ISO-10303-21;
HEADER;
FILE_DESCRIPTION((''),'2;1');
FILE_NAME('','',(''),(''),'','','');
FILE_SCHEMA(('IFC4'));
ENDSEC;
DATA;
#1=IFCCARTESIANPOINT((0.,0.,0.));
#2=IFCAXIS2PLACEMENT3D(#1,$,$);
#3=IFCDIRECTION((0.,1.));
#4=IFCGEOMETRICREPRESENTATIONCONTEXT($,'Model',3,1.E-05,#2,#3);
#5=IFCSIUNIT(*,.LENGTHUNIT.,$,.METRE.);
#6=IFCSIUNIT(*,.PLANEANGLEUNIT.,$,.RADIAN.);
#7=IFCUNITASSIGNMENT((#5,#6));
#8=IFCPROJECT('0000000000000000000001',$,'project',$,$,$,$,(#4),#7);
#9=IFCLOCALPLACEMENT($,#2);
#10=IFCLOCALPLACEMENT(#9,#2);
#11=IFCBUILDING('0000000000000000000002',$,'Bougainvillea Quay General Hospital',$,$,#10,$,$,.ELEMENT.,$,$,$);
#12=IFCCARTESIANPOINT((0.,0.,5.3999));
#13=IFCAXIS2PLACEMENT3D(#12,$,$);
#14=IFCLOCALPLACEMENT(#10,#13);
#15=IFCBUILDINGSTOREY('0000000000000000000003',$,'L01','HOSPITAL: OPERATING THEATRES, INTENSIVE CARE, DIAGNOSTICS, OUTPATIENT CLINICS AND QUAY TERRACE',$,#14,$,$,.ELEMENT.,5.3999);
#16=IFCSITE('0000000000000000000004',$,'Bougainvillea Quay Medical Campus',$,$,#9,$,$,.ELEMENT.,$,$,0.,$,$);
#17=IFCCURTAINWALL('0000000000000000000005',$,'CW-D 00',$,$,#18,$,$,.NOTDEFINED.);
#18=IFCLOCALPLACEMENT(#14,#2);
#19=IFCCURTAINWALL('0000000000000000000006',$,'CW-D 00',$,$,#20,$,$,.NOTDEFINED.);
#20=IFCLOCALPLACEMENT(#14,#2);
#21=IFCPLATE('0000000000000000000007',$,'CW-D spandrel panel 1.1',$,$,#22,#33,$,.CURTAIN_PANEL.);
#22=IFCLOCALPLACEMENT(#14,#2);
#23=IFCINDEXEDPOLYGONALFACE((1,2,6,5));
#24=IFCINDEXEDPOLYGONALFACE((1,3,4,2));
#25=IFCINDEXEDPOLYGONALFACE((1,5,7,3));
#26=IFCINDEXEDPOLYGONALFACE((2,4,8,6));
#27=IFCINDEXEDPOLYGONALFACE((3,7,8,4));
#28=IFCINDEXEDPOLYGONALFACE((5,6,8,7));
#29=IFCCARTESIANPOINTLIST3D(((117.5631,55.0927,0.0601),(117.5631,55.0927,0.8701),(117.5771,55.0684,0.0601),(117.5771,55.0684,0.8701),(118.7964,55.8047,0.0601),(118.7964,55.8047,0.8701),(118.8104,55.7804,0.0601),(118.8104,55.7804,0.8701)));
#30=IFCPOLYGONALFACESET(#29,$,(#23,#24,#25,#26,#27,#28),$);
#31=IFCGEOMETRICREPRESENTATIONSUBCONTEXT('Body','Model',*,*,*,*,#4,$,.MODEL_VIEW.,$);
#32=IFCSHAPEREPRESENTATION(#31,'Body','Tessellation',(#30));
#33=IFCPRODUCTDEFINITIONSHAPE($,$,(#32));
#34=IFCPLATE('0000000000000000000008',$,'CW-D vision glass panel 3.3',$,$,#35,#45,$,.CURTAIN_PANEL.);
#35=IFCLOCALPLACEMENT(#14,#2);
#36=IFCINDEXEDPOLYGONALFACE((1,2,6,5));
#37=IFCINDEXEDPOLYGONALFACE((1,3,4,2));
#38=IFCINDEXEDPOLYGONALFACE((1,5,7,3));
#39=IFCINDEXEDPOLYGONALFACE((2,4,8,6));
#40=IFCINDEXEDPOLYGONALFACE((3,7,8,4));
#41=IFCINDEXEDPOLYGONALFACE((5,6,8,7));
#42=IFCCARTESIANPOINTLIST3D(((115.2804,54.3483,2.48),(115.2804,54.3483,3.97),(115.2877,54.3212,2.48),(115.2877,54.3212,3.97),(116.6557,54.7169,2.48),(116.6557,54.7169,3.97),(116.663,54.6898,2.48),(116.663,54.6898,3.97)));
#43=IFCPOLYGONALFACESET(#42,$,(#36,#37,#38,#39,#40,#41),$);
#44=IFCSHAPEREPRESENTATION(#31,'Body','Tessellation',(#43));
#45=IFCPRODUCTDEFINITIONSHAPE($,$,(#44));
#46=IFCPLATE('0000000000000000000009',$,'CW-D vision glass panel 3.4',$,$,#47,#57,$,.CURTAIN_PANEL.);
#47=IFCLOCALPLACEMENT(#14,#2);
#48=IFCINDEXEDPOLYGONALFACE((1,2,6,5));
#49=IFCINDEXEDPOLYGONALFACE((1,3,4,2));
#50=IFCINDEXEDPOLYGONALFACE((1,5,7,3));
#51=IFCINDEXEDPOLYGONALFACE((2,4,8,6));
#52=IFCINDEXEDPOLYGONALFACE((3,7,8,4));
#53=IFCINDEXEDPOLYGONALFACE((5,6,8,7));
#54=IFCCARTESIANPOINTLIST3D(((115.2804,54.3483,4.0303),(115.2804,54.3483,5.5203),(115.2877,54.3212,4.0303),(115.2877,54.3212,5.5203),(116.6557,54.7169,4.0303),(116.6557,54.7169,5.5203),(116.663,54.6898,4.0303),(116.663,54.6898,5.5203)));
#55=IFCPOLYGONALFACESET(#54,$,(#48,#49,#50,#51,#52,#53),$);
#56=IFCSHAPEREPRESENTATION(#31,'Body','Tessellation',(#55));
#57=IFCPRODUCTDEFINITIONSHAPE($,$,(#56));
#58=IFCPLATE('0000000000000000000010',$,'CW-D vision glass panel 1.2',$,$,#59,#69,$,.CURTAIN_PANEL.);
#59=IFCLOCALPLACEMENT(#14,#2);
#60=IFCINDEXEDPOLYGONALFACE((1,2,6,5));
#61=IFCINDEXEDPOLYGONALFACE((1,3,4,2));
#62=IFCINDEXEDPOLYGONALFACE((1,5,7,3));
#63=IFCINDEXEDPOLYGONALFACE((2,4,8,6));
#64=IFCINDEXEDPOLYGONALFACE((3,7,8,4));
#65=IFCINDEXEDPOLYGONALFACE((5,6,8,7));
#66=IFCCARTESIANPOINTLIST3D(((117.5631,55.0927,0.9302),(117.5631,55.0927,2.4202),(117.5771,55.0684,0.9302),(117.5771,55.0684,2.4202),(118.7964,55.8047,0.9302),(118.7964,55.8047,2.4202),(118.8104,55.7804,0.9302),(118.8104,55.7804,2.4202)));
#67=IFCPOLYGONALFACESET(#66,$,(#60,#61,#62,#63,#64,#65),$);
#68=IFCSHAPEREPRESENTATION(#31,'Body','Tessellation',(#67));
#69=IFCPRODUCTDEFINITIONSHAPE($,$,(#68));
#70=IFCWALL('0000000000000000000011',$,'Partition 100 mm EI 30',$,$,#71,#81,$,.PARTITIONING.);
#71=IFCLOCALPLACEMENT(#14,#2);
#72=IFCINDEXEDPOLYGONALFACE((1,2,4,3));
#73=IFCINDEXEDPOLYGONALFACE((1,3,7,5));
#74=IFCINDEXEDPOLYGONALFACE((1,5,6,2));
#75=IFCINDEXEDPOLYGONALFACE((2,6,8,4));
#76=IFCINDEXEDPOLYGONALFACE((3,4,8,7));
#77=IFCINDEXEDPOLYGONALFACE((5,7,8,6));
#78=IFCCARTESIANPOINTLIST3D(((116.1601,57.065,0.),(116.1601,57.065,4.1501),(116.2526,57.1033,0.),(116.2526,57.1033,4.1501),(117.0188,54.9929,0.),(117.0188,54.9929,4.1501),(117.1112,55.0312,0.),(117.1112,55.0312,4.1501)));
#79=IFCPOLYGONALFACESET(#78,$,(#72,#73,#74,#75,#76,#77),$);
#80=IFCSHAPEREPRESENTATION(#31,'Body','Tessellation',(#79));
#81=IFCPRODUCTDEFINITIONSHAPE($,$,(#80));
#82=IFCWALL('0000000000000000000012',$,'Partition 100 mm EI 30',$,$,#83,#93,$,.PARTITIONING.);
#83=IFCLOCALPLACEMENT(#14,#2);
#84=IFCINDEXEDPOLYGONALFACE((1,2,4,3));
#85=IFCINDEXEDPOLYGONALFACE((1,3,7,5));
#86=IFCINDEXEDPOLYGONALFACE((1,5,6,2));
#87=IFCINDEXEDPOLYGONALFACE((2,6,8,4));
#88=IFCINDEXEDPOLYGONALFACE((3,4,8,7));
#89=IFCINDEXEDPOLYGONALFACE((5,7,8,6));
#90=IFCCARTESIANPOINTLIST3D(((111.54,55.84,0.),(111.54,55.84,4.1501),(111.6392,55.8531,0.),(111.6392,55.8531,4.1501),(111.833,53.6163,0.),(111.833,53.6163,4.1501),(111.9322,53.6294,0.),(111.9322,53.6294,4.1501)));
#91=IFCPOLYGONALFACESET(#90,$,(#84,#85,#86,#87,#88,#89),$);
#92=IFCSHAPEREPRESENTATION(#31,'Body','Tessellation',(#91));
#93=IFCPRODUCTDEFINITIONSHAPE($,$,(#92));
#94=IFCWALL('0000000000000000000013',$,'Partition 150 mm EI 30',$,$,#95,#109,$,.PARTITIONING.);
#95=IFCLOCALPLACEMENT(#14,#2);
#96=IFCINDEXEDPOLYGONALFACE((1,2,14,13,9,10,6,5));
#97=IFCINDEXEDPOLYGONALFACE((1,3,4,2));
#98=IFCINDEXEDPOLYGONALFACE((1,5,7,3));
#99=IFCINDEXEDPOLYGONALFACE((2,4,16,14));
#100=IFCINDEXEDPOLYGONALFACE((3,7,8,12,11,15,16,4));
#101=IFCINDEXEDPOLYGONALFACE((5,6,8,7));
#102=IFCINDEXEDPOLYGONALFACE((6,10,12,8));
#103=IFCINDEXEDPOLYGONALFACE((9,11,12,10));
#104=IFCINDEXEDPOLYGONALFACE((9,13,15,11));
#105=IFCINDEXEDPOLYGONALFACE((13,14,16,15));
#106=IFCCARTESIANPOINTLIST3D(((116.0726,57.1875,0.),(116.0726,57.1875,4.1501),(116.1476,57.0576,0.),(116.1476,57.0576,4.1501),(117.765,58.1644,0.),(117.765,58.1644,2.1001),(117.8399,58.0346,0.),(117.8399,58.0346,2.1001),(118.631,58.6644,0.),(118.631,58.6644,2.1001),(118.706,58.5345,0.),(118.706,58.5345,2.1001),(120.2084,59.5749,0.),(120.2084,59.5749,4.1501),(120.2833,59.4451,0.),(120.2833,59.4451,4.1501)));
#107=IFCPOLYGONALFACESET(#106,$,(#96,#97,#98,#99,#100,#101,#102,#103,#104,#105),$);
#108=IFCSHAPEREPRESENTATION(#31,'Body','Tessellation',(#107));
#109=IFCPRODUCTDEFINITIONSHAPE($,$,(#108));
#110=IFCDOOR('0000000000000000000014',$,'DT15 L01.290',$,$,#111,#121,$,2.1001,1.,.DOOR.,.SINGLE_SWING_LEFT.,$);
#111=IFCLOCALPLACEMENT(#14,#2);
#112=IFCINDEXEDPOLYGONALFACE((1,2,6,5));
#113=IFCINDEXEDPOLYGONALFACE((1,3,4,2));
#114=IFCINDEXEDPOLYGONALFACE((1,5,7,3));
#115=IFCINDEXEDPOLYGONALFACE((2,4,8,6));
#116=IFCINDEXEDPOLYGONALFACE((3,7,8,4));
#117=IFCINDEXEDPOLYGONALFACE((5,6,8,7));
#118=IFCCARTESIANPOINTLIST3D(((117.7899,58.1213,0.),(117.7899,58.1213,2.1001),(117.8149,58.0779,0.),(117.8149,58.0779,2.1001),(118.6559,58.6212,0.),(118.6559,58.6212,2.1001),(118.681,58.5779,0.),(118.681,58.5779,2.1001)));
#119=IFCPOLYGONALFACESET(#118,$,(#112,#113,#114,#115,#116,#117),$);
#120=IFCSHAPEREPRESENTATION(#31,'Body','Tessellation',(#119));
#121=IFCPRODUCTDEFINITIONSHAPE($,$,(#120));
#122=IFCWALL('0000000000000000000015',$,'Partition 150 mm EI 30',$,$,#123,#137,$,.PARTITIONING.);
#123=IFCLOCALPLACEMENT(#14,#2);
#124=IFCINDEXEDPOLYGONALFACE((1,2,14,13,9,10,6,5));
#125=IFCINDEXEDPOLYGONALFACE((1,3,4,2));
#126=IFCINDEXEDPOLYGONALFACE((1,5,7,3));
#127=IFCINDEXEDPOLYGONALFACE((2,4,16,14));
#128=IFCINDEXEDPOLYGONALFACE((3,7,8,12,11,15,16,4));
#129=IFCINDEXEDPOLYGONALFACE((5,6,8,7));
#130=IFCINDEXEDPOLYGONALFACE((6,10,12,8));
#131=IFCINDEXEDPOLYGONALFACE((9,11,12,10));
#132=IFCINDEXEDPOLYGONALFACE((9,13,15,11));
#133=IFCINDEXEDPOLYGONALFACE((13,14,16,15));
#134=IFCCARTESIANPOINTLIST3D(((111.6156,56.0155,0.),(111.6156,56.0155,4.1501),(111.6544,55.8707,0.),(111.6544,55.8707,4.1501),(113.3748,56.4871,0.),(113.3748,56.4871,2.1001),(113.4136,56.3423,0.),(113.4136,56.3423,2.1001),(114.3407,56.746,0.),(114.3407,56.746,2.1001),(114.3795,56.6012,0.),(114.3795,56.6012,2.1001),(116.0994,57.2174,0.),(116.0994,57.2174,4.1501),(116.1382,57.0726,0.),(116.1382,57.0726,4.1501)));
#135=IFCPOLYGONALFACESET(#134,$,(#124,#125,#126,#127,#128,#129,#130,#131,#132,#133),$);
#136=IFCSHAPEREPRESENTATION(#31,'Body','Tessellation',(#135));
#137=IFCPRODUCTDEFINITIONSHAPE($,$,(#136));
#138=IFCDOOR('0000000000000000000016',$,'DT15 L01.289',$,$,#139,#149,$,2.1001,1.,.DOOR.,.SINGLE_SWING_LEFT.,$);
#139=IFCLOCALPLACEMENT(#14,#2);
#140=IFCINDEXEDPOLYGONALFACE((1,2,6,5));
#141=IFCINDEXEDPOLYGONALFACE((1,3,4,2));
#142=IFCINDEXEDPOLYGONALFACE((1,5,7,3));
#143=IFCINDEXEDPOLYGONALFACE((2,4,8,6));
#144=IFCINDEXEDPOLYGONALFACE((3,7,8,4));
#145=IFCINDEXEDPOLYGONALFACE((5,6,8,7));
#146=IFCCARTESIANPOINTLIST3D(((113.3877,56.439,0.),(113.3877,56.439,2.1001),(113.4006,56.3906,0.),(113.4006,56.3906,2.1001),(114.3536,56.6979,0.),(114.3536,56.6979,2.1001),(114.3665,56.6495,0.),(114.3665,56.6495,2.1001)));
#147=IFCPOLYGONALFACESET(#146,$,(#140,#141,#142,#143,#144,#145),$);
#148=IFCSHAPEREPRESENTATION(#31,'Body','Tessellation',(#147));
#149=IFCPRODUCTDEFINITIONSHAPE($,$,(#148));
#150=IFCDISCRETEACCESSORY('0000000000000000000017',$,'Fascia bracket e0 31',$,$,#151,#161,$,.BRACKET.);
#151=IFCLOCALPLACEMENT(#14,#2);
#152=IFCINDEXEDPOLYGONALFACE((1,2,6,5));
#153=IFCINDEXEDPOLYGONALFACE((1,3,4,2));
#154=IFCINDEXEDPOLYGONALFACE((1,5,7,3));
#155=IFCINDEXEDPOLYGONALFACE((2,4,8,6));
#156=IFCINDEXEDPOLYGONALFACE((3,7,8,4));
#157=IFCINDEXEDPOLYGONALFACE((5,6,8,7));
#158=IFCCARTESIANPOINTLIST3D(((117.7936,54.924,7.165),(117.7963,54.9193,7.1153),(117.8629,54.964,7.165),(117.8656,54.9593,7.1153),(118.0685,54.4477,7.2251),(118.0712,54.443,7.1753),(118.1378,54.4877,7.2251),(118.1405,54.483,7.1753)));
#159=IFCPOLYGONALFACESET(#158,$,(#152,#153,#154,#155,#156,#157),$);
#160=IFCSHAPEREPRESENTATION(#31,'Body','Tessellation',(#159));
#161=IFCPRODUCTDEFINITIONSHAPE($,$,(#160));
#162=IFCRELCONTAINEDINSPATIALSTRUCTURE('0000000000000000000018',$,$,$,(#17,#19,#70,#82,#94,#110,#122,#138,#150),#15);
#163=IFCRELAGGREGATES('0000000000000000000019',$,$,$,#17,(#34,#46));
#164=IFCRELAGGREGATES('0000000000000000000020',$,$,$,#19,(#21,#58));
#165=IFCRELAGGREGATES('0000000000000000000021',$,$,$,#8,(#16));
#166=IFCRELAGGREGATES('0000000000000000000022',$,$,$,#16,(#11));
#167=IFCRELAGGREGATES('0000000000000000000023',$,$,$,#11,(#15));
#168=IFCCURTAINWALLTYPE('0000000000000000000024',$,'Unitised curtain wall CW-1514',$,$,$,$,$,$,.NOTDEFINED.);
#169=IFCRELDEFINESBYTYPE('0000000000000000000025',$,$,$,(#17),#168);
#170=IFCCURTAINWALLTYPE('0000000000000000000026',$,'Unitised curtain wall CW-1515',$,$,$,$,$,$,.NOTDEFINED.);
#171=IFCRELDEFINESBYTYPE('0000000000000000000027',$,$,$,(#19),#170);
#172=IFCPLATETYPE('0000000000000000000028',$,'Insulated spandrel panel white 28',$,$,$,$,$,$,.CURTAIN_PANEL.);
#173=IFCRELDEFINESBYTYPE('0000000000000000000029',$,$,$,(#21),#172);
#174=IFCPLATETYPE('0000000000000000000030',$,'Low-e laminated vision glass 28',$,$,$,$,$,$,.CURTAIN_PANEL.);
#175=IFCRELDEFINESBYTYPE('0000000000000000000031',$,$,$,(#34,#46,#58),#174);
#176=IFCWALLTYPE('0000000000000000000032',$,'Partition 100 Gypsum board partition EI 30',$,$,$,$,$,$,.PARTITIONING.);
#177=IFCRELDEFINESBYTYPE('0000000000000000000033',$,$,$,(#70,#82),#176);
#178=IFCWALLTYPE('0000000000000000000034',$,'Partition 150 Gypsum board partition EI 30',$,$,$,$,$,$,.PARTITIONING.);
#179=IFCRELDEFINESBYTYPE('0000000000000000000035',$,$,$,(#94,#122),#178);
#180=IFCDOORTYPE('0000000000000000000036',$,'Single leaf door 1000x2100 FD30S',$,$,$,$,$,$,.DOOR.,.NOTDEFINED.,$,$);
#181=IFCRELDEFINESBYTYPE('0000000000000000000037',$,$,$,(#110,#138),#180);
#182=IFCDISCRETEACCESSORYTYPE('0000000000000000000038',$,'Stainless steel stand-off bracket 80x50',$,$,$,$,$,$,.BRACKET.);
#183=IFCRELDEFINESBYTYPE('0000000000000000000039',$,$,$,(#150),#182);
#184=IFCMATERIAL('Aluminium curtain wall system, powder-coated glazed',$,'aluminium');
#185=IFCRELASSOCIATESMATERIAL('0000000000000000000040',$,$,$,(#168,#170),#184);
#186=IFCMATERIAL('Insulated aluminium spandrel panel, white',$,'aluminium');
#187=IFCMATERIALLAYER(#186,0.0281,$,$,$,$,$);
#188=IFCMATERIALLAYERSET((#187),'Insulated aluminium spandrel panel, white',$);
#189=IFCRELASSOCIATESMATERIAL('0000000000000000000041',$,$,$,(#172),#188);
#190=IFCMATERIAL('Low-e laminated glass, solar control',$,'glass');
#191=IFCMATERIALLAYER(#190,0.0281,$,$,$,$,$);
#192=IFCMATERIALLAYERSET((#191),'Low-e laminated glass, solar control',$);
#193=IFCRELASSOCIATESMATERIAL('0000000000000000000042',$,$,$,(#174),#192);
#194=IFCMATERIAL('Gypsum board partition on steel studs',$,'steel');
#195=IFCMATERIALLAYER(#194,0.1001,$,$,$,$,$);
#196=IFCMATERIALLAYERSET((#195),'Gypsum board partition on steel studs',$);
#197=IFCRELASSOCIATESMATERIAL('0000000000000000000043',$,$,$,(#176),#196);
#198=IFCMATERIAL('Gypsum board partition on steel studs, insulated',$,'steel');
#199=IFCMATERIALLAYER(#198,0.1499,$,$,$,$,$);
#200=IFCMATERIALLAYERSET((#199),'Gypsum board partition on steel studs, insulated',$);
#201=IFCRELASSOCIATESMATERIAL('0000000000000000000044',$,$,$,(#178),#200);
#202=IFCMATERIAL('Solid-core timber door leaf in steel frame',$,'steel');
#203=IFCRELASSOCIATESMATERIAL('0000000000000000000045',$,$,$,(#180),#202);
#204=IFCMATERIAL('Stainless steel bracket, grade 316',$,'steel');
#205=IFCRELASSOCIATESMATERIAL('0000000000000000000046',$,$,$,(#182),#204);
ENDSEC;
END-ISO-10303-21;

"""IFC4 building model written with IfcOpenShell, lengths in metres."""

from ifc_helpers import new_model, si_unit, direction, frame, frame_2d, origin, origin_2d, place, context, subcontext, project, spatial, rectangle, extrude, material, layer, layer_set, material_profile, profile_set, type_object, element, fill, aggregate, save


model = new_model("IFC4")

# Units and contexts
model_context = context("Model", 3, precision=1e-05, world=origin(), true_north=direction((0.0, 1.0)))
body_context = subcontext(model_context, "Body", "Model", "MODEL_VIEW")
ifc_project = project(units=[si_unit("LENGTHUNIT", "METRE"), si_unit("PLANEANGLEUNIT", "RADIAN")], contexts=[model_context])

# Site, building, storey
site_placement = place(None, origin())
site = spatial("IfcSite", under=ifc_project, at=site_placement, Name="Bougainvillea Quay Medical Campus", CompositionType="ELEMENT", RefElevation=0.0)
building_placement = place(site_placement, origin())
building = spatial("IfcBuilding", under=site, at=building_placement, Name="Bougainvillea Quay General Hospital", CompositionType="ELEMENT")
storey_placement = place(building_placement, frame((0.0, 0.0, 5.3999)))
storey = spatial("IfcBuildingStorey", under=building, at=storey_placement, Name="L01", Description="HOSPITAL: OPERATING THEATRES, INTENSIVE CARE, DIAGNOSTICS, OUTPATIENT CLINICS AND QUAY TERRACE", CompositionType="ELEMENT", Elevation=5.3999)

# Curtain wall
ifc_material_1 = material(Name="Aluminium curtain wall system, powder-coated glazed", Category="aluminium")
curtain_wall_type_1 = type_object("IfcCurtainWallType", Name="Unitised curtain wall CW-1514", PredefinedType="NOTDEFINED", material=ifc_material_1)
curtain_wall_1_placement = place(storey_placement, origin())
curtain_wall_1 = element("IfcCurtainWall", 1, at=curtain_wall_1_placement, inside=storey, type_object=curtain_wall_type_1, Name="CW-D 00", PredefinedType="NOTDEFINED")

# Curtain wall
curtain_wall_type_2 = type_object("IfcCurtainWallType", Name="Unitised curtain wall CW-1515", PredefinedType="NOTDEFINED", material=ifc_material_1)
curtain_wall_2_placement = place(storey_placement, origin())
curtain_wall_2 = element("IfcCurtainWall", 2, at=curtain_wall_2_placement, inside=storey, type_object=curtain_wall_type_2, Name="CW-D 00", PredefinedType="NOTDEFINED")

# Plates
ifc_material_2 = material(Name="Insulated aluminium spandrel panel, white", Category="aluminium")
ifc_layer_1 = layer(ifc_material_2, 0.0281)
ifc_layer_set_1 = layer_set([ifc_layer_1], Name="Insulated aluminium spandrel panel, white")
plate_type_1 = type_object("IfcPlateType", Name="Insulated spandrel panel white 28", PredefinedType="CURTAIN_PANEL", material=ifc_layer_set_1)
plate_1_placement = place(storey_placement, frame((118.1868, 55.4365, 0.0601), z_axis=(0.0, 0.0, 1.0), x_axis=(0.866046, 0.499965, 0.0)))
plate_1 = element("IfcPlate", 3, at=plate_1_placement, type_object=plate_type_1, Name="CW-D spandrel panel 1.1", PredefinedType="CURTAIN_PANEL", context=body_context, shape_type="SweptSolid", body=[
    extrude(rectangle(XDim=1.4241, YDim=0.0281, at=origin_2d()), origin(), (0.0, 0.0, 1.0), 0.8101),
])
ifc_material_3 = material(Name="Low-e laminated glass, solar control", Category="glass")
ifc_layer_2 = layer(ifc_material_3, 0.0281)
ifc_layer_set_2 = layer_set([ifc_layer_2], Name="Low-e laminated glass, solar control")
plate_type_2 = type_object("IfcPlateType", Name="Low-e laminated vision glass 28", PredefinedType="CURTAIN_PANEL", material=ifc_layer_set_2)
plate_2_placement = place(storey_placement, frame((115.9717, 54.519, 2.48), z_axis=(0.0, 0.0, 1.0), x_axis=(0.965916, 0.258855, 0.0)))
plate_2 = element("IfcPlate", 4, at=plate_2_placement, type_object=plate_type_2, Name="CW-D vision glass panel 3.3", PredefinedType="CURTAIN_PANEL", context=body_context, shape_type="SweptSolid", body=[
    extrude(rectangle(XDim=1.4238, YDim=0.0281, at=origin_2d()), origin(), (0.0, 0.0, 1.0), 1.49),
])
plate_3_placement = place(storey_placement, frame((115.9717, 54.519, 4.0303), z_axis=(0.0, 0.0, 1.0), x_axis=(0.965916, 0.258855, 0.0)))
plate_3 = element("IfcPlate", 5, at=plate_3_placement, type_object=plate_type_2, Name="CW-D vision glass panel 3.4", PredefinedType="CURTAIN_PANEL", context=body_context, shape_type="SweptSolid", body=[
    extrude(rectangle(XDim=1.4238, YDim=0.0281, at=origin_2d()), origin(), (0.0, 0.0, 1.0), 1.49),
])
aggregate(curtain_wall_1, [plate_2, plate_3])
plate_4_placement = place(storey_placement, frame((118.1868, 55.4365, 0.9302), z_axis=(0.0, 0.0, 1.0), x_axis=(0.866046, 0.499965, 0.0)))
plate_4 = element("IfcPlate", 6, at=plate_4_placement, type_object=plate_type_2, Name="CW-D vision glass panel 1.2", PredefinedType="CURTAIN_PANEL", context=body_context, shape_type="SweptSolid", body=[
    extrude(rectangle(XDim=1.4241, YDim=0.0281, at=origin_2d()), origin(), (0.0, 0.0, 1.0), 1.49),
])
aggregate(curtain_wall_2, [plate_1, plate_4])

# Walls
ifc_material_4 = material(Name="Gypsum board partition on steel studs", Category="steel")
ifc_layer_3 = layer(ifc_material_4, 0.1001)
ifc_layer_set_3 = layer_set([ifc_layer_3], Name="Gypsum board partition on steel studs")
wall_type_1 = type_object("IfcWallType", Name="Partition 100 Gypsum board partition EI 30", PredefinedType="PARTITIONING", material=ifc_layer_set_3)
for number, where, z_axis, x_axis, name in (
    (7, (116.2063, 57.0842, 0.0), (0.0, 0.0, 1.0), (0.382829, -0.923819, 0.0), "Partition 100 mm EI 30"),
    (8, (111.5896, 55.8467, 0.0), (0.0, 0.0, 1.0), (0.130623, -0.991432, 0.0), "Partition 100 mm EI 30"),
):
    element("IfcWall", number, at=place(storey_placement, frame(where, z_axis=z_axis, x_axis=x_axis)), inside=storey, type_object=wall_type_1, Name=name, PredefinedType="PARTITIONING", context=body_context, shape_type="SweptSolid", body=[
        extrude(rectangle(XDim=2.2429, YDim=0.1001, at=frame_2d((1.1216, 0.0))), origin(), (0.0, 0.0, 1.0), 4.1501),
    ])

# Walls, openings, doors
ifc_material_5 = material(Name="Gypsum board partition on steel studs, insulated", Category="steel")
ifc_layer_4 = layer(ifc_material_5, 0.1499)
ifc_layer_set_4 = layer_set([ifc_layer_4], Name="Gypsum board partition on steel studs, insulated")
wall_type_2 = type_object("IfcWallType", Name="Partition 150 Gypsum board partition EI 30", PredefinedType="PARTITIONING", material=ifc_layer_set_4)
wall_1_placement = place(storey_placement, frame((116.1101, 57.1226, 0.0), z_axis=(0.0, 0.0, 1.0), x_axis=(0.866054, 0.49995, 0.0)))
wall_1 = element("IfcWall", 9, at=wall_1_placement, inside=storey, type_object=wall_type_2, Name="Partition 150 mm EI 30", PredefinedType="PARTITIONING", context=body_context, shape_type="SweptSolid", body=[
    extrude(rectangle(XDim=4.7754, YDim=0.1499, at=frame_2d((2.3877, 0.0))), origin(), (0.0, 0.0, 1.0), 4.1501),
])
opening_1_placement = place(wall_1_placement, frame((1.9541, 0.0, 0.0)))
opening_1 = element("IfcOpeningElement", 10, at=opening_1_placement, cuts=wall_1, PredefinedType="OPENING", context=body_context, shape_type="SweptSolid", body=[
    extrude(rectangle(XDim=1.0, YDim=2.1001, at=frame_2d((0.5, 1.05))), frame((0.0, 0.085, 0.0), z_axis=(0.0, -1.0, 0.0), x_axis=(1.0, 0.0, 0.0)), (0.0, 0.0, 1.0), 0.1699),
])
ifc_material_6 = material(Name="Solid-core timber door leaf in steel frame", Category="steel")
door_type = type_object("IfcDoorType", Name="Single leaf door 1000x2100 FD30S", OperationType="NOTDEFINED", PredefinedType="DOOR", material=ifc_material_6)
door_1_placement = place(opening_1_placement, frame((1.0, 0.0, 0.0), z_axis=(0.0, 0.0, 1.0), x_axis=(-1.0, 0.0, 0.0)))
door_1 = element("IfcDoor", 11, at=door_1_placement, inside=storey, type_object=door_type, Name="DT15 L01.290", OperationType="SINGLE_SWING_LEFT", OverallHeight=2.1001, OverallWidth=1.0, PredefinedType="DOOR", context=body_context, shape_type="SweptSolid", body=[
    extrude(rectangle(XDim=1.0, YDim=2.1001, at=frame_2d((0.5, 1.05))), frame((0.0, 0.0249, 0.0), z_axis=(0.0, -1.0, 0.0), x_axis=(1.0, 0.0, 0.0)), (0.0, 0.0, 1.0), 0.05),
])
fill(opening_1, door_1)
wall_2_placement = place(storey_placement, frame((111.635, 55.9431, 0.0), z_axis=(0.0, 0.0, 1.0), x_axis=(0.965902, 0.25891, 0.0)))
wall_2 = element("IfcWall", 12, at=wall_2_placement, inside=storey, type_object=wall_type_2, Name="Partition 150 mm EI 30", PredefinedType="PARTITIONING", context=body_context, shape_type="SweptSolid", body=[
    extrude(rectangle(XDim=4.6421, YDim=0.1499, at=frame_2d((2.321, 0.0))), origin(), (0.0, 0.0, 1.0), 4.1501),
])
opening_2_placement = place(wall_2_placement, frame((1.8213, 0.0, 0.0)))
opening_2 = element("IfcOpeningElement", 13, at=opening_2_placement, cuts=wall_2, PredefinedType="OPENING", context=body_context, shape_type="SweptSolid", body=[
    extrude(rectangle(XDim=1.0, YDim=2.1001, at=frame_2d((0.5, 1.05))), frame((0.0, 0.085, 0.0), z_axis=(0.0, -1.0, 0.0), x_axis=(1.0, 0.0, 0.0)), (0.0, 0.0, 1.0), 0.1699),
])
door_2_placement = place(opening_2_placement, frame((1.0, 0.0, 0.0), z_axis=(0.0, 0.0, 1.0), x_axis=(-1.0, 0.0, 0.0)))
door_2 = element("IfcDoor", 14, at=door_2_placement, inside=storey, type_object=door_type, Name="DT15 L01.289", OperationType="SINGLE_SWING_LEFT", OverallHeight=2.1001, OverallWidth=1.0, PredefinedType="DOOR", context=body_context, shape_type="SweptSolid", body=[
    extrude(rectangle(XDim=1.0, YDim=2.1001, at=frame_2d((0.5, 1.05))), frame((0.0, 0.0249, 0.0), z_axis=(0.0, -1.0, 0.0), x_axis=(1.0, 0.0, 0.0)), (0.0, 0.0, 1.0), 0.05),
])
fill(opening_2, door_2)

# Discrete accessory
ifc_material_7 = material(Name="Stainless steel bracket, grade 316", Category="steel")
ifc_material_profile_1 = material_profile(ifc_material_7, rectangle(XDim=0.0801, YDim=0.05, at=origin_2d()))
ifc_profile_set_1 = profile_set([ifc_material_profile_1], Name="Stainless steel bracket, grade 316")
discrete_accessory_type = type_object("IfcDiscreteAccessoryType", Name="Stainless steel stand-off bracket 80x50", PredefinedType="BRACKET", material=ifc_profile_set_1)
discrete_accessory_placement = place(storey_placement, frame((117.8296, 54.9417, 7.1401), z_axis=(0.496909, -0.860985, 0.108561), x_axis=(0.866104, 0.499863, 0.0)))
element("IfcDiscreteAccessory", 15, at=discrete_accessory_placement, inside=storey, type_object=discrete_accessory_type, Name="Fascia bracket e0 31", PredefinedType="BRACKET", context=body_context, shape_type="SweptSolid", body=[
    extrude(rectangle(XDim=0.0801, YDim=0.05, at=origin_2d()), origin(), (0.0, 0.0, 1.0), 0.5532),
])

save(model, "model.ifc")
